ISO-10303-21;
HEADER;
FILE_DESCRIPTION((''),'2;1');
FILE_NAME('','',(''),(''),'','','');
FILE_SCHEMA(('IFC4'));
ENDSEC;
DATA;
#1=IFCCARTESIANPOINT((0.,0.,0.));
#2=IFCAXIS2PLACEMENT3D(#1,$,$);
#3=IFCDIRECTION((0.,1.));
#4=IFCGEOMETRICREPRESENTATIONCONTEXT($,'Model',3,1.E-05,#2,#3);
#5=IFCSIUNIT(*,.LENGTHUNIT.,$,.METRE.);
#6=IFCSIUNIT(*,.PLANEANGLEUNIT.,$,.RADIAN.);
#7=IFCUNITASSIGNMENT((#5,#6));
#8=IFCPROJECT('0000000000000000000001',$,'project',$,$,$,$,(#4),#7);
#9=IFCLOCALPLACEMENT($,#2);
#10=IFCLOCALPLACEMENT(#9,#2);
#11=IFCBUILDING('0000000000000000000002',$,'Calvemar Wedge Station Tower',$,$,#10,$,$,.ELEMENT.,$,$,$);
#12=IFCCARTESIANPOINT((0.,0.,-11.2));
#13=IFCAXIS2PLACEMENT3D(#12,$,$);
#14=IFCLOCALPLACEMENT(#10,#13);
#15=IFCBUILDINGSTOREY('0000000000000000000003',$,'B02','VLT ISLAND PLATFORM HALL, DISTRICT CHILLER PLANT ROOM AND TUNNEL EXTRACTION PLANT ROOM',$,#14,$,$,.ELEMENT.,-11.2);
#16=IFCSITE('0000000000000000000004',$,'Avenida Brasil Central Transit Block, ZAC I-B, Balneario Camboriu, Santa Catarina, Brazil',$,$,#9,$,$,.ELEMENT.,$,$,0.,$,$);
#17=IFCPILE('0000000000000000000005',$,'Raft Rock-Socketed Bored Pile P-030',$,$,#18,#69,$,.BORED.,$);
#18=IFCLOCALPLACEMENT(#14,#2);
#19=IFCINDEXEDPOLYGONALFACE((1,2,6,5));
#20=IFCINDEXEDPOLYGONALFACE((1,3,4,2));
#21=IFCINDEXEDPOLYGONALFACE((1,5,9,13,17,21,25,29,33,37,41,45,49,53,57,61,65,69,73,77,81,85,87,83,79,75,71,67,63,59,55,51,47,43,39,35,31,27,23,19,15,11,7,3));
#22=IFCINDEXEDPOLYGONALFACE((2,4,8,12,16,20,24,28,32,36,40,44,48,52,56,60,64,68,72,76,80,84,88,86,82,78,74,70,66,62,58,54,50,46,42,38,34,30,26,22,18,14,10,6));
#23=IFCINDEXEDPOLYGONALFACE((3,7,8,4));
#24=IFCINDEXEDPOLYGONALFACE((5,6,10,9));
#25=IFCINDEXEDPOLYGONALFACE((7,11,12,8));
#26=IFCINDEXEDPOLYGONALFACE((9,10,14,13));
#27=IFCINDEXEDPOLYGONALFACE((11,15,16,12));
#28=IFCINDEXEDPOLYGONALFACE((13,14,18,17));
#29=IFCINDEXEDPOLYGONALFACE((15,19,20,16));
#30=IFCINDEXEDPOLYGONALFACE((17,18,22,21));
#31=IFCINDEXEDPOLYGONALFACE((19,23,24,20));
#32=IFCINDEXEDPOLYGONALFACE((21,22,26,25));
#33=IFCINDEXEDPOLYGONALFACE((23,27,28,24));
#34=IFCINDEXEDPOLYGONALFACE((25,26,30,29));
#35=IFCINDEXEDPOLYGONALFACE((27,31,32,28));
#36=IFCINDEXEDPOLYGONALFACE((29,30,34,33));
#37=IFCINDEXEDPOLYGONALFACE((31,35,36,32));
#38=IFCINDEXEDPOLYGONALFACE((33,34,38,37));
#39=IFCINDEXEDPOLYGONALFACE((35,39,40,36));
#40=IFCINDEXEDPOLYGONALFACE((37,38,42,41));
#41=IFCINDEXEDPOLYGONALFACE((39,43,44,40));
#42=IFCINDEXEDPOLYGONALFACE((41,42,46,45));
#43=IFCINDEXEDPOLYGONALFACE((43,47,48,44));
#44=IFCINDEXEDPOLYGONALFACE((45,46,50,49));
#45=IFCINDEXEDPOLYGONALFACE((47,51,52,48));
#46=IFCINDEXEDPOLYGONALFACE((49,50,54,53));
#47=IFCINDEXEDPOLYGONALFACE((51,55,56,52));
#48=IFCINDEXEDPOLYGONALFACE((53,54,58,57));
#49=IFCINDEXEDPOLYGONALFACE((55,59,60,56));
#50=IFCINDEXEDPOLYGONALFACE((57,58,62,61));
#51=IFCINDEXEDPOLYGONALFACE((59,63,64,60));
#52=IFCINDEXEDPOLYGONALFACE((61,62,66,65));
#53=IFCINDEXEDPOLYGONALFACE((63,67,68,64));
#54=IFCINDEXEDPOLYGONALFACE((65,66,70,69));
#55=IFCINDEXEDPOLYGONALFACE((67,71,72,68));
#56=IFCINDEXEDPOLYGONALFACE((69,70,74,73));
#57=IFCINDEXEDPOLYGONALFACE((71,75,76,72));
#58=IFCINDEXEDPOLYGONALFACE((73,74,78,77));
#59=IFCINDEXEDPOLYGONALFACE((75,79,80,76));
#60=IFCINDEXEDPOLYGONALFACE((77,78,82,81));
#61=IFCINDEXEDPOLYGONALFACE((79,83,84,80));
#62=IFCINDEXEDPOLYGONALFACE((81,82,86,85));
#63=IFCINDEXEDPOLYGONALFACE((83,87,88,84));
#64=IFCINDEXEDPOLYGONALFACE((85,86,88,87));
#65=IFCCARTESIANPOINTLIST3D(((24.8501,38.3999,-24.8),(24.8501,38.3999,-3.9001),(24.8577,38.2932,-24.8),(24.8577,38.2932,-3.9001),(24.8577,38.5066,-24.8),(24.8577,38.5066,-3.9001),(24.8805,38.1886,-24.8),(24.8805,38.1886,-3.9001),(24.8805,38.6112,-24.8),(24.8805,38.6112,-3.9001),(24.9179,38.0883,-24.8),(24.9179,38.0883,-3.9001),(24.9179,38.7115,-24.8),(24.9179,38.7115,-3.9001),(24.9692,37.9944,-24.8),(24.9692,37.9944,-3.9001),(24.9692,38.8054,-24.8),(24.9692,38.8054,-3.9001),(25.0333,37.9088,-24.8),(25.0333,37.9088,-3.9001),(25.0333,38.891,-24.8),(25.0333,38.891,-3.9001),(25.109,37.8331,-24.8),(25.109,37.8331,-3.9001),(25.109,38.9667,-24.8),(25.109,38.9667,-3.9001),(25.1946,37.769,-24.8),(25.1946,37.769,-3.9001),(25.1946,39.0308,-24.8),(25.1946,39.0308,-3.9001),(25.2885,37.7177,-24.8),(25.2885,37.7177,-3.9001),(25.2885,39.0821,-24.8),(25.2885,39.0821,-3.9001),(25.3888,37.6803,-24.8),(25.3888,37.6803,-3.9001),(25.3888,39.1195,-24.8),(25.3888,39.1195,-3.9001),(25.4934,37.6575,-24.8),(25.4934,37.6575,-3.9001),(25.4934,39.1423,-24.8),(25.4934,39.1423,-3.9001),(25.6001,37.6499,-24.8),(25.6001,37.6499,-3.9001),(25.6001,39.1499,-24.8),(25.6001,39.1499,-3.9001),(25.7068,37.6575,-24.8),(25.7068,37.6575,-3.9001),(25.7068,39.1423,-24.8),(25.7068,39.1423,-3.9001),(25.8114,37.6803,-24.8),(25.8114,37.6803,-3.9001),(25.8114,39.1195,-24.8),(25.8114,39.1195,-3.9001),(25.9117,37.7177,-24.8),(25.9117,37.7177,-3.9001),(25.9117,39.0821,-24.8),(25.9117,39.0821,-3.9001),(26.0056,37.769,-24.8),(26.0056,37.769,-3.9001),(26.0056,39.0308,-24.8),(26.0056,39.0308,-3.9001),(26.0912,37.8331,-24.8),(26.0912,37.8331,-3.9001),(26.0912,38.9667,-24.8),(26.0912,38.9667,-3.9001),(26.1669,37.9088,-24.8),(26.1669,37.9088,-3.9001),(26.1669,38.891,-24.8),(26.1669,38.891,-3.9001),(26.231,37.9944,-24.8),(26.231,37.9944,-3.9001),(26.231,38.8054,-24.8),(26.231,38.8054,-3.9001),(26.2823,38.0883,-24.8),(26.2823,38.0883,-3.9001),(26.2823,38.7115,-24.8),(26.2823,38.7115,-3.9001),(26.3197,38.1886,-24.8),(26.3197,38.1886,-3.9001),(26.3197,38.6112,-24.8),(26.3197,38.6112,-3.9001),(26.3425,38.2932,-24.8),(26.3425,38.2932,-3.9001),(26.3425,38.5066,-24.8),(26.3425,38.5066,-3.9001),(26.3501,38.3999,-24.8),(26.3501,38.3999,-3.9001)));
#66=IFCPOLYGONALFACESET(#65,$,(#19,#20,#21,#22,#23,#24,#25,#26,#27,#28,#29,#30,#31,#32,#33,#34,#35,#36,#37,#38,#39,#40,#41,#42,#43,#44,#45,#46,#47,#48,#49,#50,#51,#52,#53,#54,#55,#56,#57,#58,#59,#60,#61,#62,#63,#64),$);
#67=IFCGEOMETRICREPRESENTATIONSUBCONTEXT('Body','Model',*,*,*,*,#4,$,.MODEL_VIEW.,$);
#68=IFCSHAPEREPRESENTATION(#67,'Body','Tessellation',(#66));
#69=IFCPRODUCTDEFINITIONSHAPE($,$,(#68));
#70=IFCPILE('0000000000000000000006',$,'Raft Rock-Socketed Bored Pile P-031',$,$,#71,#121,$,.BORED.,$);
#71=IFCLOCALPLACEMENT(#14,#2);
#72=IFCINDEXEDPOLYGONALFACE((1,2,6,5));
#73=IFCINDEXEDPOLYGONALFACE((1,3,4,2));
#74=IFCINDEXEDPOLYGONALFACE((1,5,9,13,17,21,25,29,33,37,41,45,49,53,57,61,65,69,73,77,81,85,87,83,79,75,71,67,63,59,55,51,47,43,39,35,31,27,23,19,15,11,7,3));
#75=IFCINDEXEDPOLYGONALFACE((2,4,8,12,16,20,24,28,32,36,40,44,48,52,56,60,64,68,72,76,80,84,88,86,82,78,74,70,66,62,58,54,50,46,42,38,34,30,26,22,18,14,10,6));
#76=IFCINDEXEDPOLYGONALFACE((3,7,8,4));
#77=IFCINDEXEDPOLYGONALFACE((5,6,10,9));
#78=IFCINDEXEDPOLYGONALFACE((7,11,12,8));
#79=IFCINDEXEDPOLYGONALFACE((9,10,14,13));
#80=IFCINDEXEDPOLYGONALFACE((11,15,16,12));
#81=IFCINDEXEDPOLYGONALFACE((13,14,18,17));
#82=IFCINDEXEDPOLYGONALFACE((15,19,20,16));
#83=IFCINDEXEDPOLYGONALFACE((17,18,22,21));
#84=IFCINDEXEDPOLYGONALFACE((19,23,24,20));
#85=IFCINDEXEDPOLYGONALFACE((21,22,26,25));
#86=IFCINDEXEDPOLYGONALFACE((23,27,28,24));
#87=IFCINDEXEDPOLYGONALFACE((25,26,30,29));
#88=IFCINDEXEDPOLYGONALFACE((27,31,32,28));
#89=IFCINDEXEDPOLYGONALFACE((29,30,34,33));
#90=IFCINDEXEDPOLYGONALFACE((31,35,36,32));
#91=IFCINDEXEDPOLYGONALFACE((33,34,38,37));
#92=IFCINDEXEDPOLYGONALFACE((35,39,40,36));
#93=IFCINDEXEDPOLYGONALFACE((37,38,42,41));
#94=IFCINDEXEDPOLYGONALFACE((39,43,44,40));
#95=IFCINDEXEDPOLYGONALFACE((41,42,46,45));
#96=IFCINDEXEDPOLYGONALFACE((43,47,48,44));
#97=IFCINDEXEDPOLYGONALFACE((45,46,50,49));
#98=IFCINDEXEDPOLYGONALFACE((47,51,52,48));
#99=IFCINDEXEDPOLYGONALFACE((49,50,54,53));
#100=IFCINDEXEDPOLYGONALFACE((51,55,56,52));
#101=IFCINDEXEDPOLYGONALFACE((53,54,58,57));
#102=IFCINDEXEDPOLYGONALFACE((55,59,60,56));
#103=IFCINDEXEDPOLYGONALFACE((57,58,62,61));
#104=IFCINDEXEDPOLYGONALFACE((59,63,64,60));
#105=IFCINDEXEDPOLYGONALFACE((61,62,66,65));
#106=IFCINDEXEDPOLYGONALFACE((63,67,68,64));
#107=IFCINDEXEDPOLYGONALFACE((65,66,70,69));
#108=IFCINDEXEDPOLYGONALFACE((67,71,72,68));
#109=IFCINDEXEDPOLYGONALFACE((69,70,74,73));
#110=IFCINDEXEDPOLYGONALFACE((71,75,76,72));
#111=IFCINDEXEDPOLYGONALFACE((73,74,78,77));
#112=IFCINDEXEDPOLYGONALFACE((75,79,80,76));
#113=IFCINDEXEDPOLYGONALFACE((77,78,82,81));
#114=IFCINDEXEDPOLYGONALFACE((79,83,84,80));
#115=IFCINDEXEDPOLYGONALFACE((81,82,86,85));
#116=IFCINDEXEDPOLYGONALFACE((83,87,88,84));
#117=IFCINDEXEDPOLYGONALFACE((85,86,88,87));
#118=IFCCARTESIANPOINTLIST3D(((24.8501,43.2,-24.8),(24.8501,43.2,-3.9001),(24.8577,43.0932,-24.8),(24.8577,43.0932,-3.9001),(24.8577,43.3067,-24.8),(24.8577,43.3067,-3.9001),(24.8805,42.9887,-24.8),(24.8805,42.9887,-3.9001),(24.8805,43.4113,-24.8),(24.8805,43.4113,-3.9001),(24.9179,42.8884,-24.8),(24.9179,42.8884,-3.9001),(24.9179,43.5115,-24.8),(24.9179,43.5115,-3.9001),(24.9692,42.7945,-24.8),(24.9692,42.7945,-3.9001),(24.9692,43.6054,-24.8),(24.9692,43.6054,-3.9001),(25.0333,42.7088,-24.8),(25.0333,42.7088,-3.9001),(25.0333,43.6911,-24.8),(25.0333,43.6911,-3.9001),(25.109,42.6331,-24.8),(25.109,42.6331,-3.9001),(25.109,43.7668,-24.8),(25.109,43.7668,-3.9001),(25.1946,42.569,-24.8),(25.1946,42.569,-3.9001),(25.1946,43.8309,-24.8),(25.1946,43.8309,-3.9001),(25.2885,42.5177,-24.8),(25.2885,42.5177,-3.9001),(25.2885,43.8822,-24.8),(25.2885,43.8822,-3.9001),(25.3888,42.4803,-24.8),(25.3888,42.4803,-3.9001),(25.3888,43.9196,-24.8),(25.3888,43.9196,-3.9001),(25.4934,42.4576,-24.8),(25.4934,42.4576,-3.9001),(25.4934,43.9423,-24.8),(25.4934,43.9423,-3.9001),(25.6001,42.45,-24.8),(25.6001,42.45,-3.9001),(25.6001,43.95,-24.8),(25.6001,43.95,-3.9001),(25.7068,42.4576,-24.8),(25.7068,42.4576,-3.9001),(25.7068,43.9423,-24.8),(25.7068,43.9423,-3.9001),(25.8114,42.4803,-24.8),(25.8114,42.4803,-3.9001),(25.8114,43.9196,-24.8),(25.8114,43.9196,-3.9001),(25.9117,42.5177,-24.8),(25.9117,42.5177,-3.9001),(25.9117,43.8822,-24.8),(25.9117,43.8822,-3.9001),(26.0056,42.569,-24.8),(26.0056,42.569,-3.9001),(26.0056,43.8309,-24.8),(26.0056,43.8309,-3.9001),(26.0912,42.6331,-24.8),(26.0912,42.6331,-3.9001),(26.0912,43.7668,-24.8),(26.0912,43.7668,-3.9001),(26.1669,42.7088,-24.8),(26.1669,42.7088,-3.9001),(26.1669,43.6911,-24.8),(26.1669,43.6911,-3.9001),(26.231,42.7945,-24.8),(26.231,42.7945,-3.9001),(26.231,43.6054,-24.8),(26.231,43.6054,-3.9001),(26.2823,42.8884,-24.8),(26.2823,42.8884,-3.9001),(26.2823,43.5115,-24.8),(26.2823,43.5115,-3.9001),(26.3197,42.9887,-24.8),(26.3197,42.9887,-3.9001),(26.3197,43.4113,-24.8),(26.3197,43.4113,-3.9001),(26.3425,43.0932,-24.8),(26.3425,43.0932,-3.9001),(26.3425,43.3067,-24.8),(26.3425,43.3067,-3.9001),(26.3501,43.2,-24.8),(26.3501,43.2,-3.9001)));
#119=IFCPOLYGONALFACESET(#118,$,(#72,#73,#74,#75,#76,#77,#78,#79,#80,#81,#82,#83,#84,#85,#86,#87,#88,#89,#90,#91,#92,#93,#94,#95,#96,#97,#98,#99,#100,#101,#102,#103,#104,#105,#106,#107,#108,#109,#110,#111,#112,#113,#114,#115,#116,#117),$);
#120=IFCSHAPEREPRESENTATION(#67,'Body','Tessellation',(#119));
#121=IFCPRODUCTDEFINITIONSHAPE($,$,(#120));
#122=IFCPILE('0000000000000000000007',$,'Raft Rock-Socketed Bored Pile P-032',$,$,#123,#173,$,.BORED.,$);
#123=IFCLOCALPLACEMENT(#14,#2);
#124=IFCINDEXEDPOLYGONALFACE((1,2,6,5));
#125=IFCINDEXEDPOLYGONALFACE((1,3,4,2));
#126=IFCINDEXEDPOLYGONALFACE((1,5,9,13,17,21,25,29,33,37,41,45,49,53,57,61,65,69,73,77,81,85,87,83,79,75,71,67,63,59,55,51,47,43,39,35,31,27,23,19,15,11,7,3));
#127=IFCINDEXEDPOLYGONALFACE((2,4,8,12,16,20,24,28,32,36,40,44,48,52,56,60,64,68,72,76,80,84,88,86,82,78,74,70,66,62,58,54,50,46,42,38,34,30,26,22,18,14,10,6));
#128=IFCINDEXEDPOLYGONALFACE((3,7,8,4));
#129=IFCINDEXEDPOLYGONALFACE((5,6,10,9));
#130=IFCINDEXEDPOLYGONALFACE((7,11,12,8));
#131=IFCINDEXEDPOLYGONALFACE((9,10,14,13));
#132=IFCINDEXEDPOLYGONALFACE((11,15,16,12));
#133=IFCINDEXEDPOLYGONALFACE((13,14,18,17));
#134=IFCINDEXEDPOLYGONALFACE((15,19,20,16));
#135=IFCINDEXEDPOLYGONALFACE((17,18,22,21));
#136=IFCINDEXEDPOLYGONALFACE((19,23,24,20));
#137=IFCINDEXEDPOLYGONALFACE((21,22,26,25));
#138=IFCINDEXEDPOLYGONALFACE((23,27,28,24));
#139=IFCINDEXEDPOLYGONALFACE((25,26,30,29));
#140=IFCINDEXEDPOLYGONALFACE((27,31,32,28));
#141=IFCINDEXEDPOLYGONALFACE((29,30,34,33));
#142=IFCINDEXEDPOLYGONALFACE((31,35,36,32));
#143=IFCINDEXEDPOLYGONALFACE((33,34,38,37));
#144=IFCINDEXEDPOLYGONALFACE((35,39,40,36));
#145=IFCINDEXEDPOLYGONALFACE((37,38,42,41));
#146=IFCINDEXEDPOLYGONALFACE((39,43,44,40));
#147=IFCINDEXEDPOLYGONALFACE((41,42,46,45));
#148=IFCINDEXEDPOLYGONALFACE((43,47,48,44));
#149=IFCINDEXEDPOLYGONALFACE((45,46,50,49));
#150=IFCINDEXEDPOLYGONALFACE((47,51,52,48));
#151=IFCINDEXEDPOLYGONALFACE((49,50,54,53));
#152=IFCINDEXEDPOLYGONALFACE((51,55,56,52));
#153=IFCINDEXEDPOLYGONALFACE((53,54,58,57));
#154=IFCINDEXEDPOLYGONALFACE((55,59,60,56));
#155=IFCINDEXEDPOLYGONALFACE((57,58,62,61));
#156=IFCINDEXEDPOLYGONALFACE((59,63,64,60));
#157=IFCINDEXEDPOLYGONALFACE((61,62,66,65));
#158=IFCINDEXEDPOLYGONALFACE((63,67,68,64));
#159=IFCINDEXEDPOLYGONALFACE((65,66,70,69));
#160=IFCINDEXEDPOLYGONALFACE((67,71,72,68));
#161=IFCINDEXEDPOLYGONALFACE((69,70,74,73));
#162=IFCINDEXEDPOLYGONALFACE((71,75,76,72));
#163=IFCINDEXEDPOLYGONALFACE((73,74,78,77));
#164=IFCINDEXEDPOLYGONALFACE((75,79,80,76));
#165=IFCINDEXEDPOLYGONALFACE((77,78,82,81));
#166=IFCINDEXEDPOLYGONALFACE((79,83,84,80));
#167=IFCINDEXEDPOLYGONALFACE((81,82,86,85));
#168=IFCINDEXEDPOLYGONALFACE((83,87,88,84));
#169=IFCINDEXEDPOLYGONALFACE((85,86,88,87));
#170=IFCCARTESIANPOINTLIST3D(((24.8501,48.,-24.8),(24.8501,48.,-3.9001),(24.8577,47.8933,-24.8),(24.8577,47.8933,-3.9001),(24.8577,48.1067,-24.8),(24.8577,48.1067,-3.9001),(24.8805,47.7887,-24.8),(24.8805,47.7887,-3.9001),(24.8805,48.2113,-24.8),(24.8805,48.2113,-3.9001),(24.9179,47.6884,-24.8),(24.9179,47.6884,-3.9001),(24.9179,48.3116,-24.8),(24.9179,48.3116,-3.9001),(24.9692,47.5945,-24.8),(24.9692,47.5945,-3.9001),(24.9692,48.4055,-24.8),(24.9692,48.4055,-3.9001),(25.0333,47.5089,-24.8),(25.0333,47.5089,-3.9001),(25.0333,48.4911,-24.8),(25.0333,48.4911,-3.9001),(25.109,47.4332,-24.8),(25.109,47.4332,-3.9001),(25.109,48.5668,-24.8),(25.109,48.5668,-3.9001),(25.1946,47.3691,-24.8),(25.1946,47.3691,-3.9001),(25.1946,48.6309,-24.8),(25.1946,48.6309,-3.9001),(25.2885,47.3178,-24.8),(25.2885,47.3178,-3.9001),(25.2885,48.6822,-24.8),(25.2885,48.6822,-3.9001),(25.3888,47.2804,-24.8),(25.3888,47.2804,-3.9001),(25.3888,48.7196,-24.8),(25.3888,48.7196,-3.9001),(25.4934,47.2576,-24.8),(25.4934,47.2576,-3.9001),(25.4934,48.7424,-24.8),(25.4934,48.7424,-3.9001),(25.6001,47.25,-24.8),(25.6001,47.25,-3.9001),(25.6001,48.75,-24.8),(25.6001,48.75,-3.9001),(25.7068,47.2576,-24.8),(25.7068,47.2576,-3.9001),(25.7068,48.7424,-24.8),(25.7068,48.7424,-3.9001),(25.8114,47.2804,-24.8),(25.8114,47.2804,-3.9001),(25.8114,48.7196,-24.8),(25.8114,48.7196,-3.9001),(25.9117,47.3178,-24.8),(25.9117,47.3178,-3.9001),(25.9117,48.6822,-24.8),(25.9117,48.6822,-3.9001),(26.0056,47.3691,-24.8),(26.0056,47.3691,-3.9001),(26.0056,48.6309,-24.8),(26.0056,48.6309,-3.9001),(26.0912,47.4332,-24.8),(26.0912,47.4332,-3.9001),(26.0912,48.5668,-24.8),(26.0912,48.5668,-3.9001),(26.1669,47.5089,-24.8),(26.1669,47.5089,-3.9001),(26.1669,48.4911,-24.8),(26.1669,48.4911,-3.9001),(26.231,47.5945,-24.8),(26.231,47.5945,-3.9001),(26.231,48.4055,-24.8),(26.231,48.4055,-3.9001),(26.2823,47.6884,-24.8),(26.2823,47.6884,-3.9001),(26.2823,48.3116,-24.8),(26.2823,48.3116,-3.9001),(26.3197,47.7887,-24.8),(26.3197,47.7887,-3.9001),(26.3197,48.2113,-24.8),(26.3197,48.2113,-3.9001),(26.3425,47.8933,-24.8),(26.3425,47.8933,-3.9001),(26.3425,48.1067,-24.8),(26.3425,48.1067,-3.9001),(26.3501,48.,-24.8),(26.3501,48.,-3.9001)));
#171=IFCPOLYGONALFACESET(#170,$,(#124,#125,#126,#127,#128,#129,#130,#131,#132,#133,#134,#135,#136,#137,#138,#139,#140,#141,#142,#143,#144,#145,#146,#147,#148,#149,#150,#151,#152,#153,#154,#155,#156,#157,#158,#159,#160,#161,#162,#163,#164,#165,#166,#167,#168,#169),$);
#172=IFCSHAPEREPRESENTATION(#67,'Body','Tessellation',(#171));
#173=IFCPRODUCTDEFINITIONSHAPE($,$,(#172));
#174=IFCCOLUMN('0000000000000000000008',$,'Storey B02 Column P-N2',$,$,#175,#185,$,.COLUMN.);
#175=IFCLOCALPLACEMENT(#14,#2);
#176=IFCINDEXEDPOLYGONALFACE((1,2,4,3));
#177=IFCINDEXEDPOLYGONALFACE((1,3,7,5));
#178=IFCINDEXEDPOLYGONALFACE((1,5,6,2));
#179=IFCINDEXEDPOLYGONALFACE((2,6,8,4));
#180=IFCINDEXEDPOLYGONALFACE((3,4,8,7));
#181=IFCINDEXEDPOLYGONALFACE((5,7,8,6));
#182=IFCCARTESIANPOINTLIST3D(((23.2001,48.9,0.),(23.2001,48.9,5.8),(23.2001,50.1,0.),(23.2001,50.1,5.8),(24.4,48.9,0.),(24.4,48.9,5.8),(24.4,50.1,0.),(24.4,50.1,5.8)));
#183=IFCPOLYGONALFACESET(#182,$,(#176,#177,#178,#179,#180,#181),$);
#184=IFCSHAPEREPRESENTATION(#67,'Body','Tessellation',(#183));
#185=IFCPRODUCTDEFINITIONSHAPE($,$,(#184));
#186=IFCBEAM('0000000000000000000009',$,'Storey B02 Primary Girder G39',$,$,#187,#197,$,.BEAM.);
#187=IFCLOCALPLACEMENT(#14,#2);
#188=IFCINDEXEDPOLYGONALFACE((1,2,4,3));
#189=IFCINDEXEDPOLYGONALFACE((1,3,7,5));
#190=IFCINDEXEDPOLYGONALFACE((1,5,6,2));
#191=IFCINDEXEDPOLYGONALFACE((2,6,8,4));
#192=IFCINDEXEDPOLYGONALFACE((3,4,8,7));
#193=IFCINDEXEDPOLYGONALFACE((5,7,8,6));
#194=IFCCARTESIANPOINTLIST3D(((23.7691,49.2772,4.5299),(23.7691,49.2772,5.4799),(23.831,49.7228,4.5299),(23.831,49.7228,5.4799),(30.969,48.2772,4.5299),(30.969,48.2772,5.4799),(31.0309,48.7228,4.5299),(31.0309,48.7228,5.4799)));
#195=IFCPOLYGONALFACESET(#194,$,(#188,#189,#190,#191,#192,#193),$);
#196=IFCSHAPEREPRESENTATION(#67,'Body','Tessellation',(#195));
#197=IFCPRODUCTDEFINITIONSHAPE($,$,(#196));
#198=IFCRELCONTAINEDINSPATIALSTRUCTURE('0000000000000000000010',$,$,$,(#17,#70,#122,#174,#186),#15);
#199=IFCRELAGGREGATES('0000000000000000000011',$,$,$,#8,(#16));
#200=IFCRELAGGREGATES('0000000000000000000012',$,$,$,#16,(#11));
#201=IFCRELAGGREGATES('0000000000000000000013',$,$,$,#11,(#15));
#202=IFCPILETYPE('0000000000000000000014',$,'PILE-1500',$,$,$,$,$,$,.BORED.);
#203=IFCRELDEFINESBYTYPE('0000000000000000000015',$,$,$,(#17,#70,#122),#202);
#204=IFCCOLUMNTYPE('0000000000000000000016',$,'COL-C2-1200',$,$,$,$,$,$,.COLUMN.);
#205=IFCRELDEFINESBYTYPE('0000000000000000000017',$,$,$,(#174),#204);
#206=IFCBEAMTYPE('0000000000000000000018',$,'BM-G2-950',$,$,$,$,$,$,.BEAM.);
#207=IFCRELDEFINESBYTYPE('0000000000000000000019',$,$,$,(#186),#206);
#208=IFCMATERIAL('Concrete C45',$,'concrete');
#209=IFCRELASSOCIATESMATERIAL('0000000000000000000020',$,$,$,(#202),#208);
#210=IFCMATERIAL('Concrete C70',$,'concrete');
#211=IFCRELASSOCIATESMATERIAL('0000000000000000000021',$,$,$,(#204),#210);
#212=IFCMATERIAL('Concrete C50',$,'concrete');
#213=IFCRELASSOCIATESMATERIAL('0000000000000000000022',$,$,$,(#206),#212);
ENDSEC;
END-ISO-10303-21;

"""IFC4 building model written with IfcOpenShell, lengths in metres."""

from ifc_helpers import new_model, si_unit, direction, frame, origin, origin_2d, place, context, subcontext, project, spatial, rectangle, circle, extrude, source, transform, mapped, material, material_profile, profile_set, type_object, element, save


model = new_model("IFC4")

# Units and contexts
model_context = context("Model", 3, precision=1e-05, world=origin(), true_north=direction((0.0, 1.0)))
body_context = subcontext(model_context, "Body", "Model", "MODEL_VIEW")
ifc_project = project(units=[si_unit("LENGTHUNIT", "METRE"), si_unit("PLANEANGLEUNIT", "RADIAN")], contexts=[model_context])

# Site, building, storey
site_placement = place(None, origin())
site = spatial("IfcSite", under=ifc_project, at=site_placement, Name="Avenida Brasil Central Transit Block, ZAC I-B, Balneario Camboriu, Santa Catarina, Brazil", CompositionType="ELEMENT", RefElevation=0.0)
building_placement = place(site_placement, origin())
building = spatial("IfcBuilding", under=site, at=building_placement, Name="Calvemar Wedge Station Tower", CompositionType="ELEMENT")
storey_placement = place(building_placement, frame((0.0, 0.0, -11.2)))
storey = spatial("IfcBuildingStorey", under=building, at=storey_placement, Name="B02", Description="VLT ISLAND PLATFORM HALL, DISTRICT CHILLER PLANT ROOM AND TUNNEL EXTRACTION PLANT ROOM", CompositionType="ELEMENT", Elevation=-11.2)

# Piles
ifc_material_1 = material(Name="Concrete C45", Category="concrete")
ifc_material_profile_1 = material_profile(ifc_material_1, circle(Radius=0.75, at=origin_2d()), Name="PILE-D1500")
ifc_profile_set_1 = profile_set([ifc_material_profile_1], Name="Concrete C45")
pile_type = type_object("IfcPileType", Name="PILE-1500", PredefinedType="BORED", material=ifc_profile_set_1)
for number, where, z_axis, x_axis, name in (
    (1, (25.6001, 38.3999, -3.9001), (0.0, 0.0, -1.0), (1.0, 0.0, 0.0), "Raft Rock-Socketed Bored Pile P-030"),
    (2, (25.6001, 43.2, -3.9001), (0.0, 0.0, -1.0), (1.0, 0.0, 0.0), "Raft Rock-Socketed Bored Pile P-031"),
    (3, (25.6001, 48.0, -3.9001), (0.0, 0.0, -1.0), (1.0, 0.0, 0.0), "Raft Rock-Socketed Bored Pile P-032"),
):
    element("IfcPile", number, at=place(storey_placement, frame(where, z_axis=z_axis, x_axis=x_axis)), inside=storey, type_object=pile_type, Name=name, PredefinedType="BORED", context=body_context, shape_type="SweptSolid", body=[
        extrude(circle(Radius=0.75, at=origin_2d()), origin(), (0.0, 0.0, 1.0), 20.8999),
    ])

# Column
ifc_material_2 = material(Name="Concrete C70", Category="concrete")
ifc_material_profile_2 = material_profile(ifc_material_2, rectangle(XDim=1.2, YDim=1.2, at=origin_2d()), Name="RC1200x1200")
ifc_profile_set_2 = profile_set([ifc_material_profile_2], Name="Concrete C70")
column_type = type_object("IfcColumnType", Name="COL-C2-1200", PredefinedType="COLUMN", material=ifc_profile_set_2)
shared_shape_1 = source(origin(), body_context, "Body", "SweptSolid", [
    extrude(rectangle(XDim=1.2, YDim=1.2, at=origin_2d()), origin(), (0.0, 0.0, 1.0), 5.8),
])
column_placement = place(storey_placement, frame((23.8, 49.5, 0.0), z_axis=(0.0, 0.0, 1.0), x_axis=(1.0, 0.0, 0.0)))
element("IfcColumn", 4, at=column_placement, inside=storey, type_object=column_type, Name="Storey B02 Column P-N2", PredefinedType="COLUMN", context=body_context, shape_type="MappedRepresentation", body=[
    mapped(shared_shape_1, transform((0.0, 0.0, 0.0), scale=1.0)),
])

# Beam
ifc_material_3 = material(Name="Concrete C50", Category="concrete")
ifc_material_profile_3 = material_profile(ifc_material_3, rectangle(XDim=0.45, YDim=0.95, at=origin_2d()), Name="RC450x950")
ifc_profile_set_3 = profile_set([ifc_material_profile_3], Name="Concrete C50")
beam_type = type_object("IfcBeamType", Name="BM-G2-950", PredefinedType="BEAM", material=ifc_profile_set_3)
shared_shape_2 = source(origin(), body_context, "Body", "SweptSolid", [
    extrude(rectangle(XDim=0.45, YDim=0.95, at=origin_2d()), origin(), (0.0, 0.0, 1.0), 7.269),
])
beam_placement = place(storey_placement, frame((23.8, 49.5, 5.0049), z_axis=(0.990492, -0.137569, 0.0), x_axis=(0.137569, 0.990492, 0.0)))
element("IfcBeam", 5, at=beam_placement, inside=storey, type_object=beam_type, Name="Storey B02 Primary Girder G39", PredefinedType="BEAM", context=body_context, shape_type="MappedRepresentation", body=[
    mapped(shared_shape_2, transform((0.0, 0.0, 0.0), scale=1.0)),
])

save(model, "model.ifc")
